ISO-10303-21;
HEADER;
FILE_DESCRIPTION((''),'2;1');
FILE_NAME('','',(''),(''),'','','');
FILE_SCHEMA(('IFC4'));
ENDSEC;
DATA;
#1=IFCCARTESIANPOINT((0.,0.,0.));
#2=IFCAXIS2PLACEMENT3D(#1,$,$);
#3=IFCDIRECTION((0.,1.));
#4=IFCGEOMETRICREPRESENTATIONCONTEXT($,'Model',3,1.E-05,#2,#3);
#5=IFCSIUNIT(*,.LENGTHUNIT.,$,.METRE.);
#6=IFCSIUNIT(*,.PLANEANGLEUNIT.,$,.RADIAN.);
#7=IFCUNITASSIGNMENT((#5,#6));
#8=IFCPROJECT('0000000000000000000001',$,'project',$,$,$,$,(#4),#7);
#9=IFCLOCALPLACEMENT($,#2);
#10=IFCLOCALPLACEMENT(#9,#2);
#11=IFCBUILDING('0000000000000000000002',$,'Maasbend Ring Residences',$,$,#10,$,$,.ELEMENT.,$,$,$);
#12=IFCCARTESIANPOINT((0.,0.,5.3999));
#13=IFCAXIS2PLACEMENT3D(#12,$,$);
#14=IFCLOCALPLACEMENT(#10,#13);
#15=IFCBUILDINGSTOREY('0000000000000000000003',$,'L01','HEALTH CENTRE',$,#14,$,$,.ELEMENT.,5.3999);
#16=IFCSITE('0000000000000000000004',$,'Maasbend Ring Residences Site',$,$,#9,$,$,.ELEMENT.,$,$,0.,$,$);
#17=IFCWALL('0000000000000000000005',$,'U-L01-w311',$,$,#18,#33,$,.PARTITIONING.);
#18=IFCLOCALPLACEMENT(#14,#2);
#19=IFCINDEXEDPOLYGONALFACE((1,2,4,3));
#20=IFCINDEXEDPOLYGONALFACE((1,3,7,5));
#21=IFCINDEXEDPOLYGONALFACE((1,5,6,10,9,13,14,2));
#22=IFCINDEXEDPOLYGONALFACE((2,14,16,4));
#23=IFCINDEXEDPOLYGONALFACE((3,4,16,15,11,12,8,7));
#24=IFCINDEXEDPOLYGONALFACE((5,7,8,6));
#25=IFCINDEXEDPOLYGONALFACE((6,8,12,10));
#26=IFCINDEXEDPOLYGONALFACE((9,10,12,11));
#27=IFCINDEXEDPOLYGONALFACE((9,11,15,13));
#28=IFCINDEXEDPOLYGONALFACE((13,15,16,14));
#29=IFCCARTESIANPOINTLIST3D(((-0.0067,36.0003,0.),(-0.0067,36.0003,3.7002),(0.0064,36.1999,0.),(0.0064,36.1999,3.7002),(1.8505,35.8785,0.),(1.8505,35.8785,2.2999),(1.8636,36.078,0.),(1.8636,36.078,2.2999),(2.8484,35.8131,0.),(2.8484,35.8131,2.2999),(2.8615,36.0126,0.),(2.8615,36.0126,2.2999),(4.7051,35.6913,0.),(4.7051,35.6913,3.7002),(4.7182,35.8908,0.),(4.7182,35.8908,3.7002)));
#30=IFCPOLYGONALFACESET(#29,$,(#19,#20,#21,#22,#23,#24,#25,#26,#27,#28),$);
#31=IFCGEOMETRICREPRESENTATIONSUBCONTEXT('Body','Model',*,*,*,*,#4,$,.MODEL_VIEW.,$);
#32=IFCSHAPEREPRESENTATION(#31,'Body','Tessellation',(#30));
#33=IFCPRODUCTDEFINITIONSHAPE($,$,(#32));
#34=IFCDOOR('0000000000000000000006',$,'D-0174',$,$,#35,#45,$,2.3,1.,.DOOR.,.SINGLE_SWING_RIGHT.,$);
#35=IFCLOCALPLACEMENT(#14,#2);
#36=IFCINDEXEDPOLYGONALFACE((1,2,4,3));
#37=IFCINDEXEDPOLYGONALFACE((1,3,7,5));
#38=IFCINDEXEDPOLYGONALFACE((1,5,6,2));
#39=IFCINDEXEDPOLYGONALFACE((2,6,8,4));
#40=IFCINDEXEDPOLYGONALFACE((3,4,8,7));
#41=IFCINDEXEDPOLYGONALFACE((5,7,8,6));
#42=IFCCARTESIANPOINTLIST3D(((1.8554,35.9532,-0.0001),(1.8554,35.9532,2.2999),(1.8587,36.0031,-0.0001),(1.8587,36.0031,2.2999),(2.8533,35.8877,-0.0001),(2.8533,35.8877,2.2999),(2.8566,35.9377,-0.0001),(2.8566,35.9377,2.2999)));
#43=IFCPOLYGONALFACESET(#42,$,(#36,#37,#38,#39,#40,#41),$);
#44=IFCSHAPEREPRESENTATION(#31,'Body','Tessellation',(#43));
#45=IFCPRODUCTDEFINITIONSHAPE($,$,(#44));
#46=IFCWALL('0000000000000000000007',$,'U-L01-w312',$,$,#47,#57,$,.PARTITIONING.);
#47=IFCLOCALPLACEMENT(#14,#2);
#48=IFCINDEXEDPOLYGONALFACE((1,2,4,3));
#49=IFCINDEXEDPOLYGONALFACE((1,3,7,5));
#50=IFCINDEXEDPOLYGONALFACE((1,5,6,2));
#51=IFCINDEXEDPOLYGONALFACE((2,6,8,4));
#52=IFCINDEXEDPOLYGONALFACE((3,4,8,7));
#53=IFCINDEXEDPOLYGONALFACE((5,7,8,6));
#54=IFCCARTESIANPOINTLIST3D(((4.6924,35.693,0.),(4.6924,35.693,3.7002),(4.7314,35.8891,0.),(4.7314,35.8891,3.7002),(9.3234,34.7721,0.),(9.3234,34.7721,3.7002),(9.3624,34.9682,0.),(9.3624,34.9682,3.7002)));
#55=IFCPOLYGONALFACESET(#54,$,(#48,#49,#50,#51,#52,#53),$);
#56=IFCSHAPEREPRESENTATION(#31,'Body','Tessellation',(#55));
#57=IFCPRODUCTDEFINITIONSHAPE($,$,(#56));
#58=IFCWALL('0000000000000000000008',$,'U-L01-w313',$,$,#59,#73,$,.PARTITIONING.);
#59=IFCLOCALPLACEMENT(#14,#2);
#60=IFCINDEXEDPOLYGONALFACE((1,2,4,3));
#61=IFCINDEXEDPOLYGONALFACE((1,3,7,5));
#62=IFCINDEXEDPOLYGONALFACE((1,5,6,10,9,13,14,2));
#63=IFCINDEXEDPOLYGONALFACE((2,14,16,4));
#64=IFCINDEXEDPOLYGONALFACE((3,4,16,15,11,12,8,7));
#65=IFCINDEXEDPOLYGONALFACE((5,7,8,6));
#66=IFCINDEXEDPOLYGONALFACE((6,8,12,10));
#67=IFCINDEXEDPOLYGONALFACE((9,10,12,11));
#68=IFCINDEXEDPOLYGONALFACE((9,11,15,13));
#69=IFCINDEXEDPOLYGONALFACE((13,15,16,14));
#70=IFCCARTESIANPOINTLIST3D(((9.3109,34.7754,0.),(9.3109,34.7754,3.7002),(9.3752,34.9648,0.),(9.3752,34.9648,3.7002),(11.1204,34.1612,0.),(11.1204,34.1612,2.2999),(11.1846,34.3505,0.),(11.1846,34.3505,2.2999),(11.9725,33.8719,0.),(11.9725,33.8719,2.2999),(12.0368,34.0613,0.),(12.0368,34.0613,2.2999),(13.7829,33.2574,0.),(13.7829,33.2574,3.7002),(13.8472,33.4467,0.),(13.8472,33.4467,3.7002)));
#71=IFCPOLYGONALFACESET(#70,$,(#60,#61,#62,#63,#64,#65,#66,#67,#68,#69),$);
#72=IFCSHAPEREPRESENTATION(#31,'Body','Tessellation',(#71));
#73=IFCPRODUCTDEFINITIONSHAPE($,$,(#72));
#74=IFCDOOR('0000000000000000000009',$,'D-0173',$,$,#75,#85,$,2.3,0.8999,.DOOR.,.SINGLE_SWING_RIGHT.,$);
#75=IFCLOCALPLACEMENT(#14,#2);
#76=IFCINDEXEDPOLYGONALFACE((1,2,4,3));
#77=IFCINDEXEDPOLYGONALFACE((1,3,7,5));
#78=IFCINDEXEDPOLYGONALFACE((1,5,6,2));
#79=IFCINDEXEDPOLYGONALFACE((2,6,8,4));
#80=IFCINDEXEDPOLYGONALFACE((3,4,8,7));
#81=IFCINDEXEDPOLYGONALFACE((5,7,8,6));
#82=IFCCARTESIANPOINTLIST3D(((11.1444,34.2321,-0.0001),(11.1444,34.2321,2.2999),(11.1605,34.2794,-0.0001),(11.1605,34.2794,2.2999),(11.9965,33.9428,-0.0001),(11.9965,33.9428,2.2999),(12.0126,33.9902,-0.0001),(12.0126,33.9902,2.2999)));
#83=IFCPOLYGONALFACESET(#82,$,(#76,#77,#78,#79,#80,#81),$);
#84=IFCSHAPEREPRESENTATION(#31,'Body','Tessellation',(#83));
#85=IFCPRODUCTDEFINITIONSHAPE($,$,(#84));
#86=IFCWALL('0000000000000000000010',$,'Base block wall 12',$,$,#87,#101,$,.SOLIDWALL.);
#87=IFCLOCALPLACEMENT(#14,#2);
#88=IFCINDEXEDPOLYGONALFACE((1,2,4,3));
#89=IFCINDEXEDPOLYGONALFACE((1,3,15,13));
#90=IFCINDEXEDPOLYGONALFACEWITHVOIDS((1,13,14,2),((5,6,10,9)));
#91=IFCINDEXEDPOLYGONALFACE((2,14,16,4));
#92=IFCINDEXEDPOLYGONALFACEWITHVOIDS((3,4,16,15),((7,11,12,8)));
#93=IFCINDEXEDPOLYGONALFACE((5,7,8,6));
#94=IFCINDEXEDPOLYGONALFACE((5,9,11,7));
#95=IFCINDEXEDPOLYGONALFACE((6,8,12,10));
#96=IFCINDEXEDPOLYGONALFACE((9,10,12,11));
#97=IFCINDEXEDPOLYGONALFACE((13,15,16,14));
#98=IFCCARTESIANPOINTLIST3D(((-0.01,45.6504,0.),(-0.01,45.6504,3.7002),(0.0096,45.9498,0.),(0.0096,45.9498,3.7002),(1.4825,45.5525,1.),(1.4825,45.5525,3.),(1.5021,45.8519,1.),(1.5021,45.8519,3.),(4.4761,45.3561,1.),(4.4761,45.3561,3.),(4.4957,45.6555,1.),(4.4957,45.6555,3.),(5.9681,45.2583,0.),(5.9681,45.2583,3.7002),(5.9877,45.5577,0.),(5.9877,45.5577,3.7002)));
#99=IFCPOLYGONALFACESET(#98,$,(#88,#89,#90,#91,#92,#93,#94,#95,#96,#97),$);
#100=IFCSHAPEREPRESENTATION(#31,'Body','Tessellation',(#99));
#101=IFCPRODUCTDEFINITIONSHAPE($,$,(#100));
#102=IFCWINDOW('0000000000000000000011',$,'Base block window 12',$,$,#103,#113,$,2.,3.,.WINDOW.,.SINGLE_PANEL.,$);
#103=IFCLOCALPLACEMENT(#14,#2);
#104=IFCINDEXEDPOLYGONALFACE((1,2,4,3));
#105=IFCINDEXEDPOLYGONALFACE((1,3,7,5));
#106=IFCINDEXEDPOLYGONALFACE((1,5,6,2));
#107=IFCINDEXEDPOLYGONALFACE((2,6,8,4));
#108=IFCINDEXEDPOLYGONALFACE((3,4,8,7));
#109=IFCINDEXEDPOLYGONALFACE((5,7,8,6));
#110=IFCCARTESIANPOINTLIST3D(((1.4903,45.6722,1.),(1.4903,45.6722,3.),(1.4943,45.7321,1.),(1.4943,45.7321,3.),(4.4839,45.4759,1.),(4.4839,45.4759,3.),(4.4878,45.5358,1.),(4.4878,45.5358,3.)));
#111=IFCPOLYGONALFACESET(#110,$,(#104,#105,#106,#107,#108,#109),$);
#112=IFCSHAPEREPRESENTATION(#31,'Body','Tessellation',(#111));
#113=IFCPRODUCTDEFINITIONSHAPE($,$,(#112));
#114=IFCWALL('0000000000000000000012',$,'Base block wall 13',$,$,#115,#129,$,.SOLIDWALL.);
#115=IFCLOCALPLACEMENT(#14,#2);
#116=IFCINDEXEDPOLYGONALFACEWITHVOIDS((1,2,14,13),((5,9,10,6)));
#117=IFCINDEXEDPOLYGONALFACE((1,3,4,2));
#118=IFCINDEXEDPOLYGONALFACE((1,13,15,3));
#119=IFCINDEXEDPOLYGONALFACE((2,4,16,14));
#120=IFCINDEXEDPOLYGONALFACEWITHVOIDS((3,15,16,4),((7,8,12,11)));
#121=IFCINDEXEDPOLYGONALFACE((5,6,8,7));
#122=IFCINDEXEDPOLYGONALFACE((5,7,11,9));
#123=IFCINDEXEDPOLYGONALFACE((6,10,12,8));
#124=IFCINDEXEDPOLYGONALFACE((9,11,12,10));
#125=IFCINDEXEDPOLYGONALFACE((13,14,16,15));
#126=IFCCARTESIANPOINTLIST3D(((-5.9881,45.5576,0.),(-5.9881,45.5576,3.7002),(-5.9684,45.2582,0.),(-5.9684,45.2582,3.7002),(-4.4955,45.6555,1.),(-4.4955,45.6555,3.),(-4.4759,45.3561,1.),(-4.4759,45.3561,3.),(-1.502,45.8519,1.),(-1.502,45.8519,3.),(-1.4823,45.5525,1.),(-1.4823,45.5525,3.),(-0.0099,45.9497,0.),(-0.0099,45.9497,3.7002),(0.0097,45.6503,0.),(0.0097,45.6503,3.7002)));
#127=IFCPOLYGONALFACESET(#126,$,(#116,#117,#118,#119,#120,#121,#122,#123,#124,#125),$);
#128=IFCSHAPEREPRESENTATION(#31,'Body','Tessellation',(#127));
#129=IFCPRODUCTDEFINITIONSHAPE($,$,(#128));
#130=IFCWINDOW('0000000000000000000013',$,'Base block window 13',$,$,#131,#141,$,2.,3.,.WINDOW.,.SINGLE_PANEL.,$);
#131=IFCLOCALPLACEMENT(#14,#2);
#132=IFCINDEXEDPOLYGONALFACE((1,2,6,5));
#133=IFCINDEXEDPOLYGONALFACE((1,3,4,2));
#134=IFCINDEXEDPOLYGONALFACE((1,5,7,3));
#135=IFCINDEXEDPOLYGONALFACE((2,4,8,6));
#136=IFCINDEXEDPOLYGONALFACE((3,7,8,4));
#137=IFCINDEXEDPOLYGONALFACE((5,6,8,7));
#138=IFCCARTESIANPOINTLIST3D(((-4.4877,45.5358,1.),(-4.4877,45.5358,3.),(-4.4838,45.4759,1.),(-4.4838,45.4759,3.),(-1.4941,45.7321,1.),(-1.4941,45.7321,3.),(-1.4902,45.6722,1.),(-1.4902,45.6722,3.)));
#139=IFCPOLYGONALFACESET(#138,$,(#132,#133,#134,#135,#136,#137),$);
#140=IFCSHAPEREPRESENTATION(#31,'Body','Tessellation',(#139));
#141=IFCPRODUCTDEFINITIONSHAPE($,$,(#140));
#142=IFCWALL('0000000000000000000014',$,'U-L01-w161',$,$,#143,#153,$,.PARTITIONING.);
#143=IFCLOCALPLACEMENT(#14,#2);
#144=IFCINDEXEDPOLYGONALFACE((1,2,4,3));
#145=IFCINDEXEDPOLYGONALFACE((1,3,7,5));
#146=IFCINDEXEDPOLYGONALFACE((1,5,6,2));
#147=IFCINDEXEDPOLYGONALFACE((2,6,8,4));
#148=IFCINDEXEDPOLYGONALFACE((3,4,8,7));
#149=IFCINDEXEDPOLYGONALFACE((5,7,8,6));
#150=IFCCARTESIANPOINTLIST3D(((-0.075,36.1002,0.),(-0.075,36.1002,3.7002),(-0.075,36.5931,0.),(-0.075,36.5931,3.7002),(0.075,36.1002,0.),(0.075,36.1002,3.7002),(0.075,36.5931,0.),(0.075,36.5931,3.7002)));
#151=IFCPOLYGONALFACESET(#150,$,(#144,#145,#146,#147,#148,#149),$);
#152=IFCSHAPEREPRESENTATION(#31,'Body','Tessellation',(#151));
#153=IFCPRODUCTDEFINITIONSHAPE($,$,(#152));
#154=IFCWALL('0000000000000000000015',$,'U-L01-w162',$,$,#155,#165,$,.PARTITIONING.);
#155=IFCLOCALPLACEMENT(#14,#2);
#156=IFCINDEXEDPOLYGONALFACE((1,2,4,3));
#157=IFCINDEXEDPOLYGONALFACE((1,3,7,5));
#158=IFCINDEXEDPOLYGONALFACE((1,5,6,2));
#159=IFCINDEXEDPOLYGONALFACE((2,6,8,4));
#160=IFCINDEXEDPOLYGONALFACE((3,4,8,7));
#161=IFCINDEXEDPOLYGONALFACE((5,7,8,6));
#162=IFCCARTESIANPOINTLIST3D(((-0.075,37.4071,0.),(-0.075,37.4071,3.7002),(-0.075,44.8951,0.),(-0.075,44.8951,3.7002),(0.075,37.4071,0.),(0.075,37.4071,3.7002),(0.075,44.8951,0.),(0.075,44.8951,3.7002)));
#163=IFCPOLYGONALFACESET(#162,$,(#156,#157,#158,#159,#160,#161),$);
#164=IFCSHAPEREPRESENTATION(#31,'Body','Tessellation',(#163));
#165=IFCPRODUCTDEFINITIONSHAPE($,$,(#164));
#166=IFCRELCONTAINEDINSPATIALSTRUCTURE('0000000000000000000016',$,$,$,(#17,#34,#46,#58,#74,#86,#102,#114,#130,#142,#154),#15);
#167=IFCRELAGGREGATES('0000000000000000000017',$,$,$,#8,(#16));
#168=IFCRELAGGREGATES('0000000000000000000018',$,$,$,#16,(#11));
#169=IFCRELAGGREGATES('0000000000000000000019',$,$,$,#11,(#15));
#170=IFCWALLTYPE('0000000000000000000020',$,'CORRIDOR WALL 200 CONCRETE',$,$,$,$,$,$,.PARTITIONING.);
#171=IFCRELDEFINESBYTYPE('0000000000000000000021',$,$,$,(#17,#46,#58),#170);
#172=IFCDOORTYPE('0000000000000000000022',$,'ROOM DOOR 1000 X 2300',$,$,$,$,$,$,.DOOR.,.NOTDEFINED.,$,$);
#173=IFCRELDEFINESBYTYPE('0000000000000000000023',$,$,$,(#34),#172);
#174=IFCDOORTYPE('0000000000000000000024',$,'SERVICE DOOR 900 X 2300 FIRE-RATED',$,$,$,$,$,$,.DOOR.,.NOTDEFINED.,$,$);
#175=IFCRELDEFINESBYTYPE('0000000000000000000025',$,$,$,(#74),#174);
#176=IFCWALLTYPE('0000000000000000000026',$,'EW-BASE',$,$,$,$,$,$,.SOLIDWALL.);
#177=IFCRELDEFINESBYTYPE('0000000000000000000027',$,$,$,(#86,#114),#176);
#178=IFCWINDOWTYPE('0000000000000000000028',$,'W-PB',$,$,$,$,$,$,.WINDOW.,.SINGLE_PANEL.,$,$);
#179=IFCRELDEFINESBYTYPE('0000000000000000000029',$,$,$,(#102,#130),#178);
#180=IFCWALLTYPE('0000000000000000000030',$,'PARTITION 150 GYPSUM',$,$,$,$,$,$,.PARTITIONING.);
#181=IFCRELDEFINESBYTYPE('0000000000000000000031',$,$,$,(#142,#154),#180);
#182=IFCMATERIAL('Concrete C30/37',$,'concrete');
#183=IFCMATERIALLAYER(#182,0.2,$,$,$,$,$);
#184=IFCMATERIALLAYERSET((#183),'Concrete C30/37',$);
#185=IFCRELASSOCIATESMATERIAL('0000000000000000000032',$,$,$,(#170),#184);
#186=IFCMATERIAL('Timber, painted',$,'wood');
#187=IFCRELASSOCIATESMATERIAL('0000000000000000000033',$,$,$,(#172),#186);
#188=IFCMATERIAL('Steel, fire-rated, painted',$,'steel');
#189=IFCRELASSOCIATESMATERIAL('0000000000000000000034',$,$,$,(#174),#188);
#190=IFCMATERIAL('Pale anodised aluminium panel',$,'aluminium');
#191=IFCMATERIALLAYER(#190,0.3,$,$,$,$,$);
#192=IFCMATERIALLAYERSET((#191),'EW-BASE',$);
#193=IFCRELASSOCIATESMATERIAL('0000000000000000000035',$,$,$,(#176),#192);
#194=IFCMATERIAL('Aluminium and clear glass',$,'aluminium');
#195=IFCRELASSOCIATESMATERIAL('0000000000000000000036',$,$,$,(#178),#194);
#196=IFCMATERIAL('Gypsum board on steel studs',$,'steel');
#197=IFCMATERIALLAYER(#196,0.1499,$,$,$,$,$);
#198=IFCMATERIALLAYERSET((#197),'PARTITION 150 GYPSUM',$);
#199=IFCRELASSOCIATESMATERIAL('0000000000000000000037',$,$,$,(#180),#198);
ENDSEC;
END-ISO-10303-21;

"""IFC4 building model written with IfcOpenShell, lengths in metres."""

from ifc_helpers import new_model, si_unit, direction, frame, frame_2d, origin, place, context, subcontext, project, spatial, rectangle, extrude, material, layer, layer_set, type_object, element, fill, save


model = new_model("IFC4")

# Units and contexts
model_context = context("Model", 3, precision=1e-05, world=origin(), true_north=direction((0.0, 1.0)))
body_context = subcontext(model_context, "Body", "Model", "MODEL_VIEW")
ifc_project = project(units=[si_unit("LENGTHUNIT", "METRE"), si_unit("PLANEANGLEUNIT", "RADIAN")], contexts=[model_context])

# Site, building, storey
site_placement = place(None, origin())
site = spatial("IfcSite", under=ifc_project, at=site_placement, Name="Maasbend Ring Residences Site", CompositionType="ELEMENT", RefElevation=0.0)
building_placement = place(site_placement, origin())
building = spatial("IfcBuilding", under=site, at=building_placement, Name="Maasbend Ring Residences", CompositionType="ELEMENT")
storey_placement = place(building_placement, frame((0.0, 0.0, 5.3999)))
storey = spatial("IfcBuildingStorey", under=building, at=storey_placement, Name="L01", Description="HEALTH CENTRE", CompositionType="ELEMENT", Elevation=5.3999)

# Shared definitions
ifc_material_1 = material(Name="Concrete C30/37", Category="concrete")
ifc_layer_1 = layer(ifc_material_1, 0.2)
ifc_layer_set_1 = layer_set([ifc_layer_1], Name="Concrete C30/37")
wall_type_1 = type_object("IfcWallType", Name="CORRIDOR WALL 200 CONCRETE", PredefinedType="PARTITIONING", material=ifc_layer_set_1)
ifc_material_2 = material(Name="Timber, painted", Category="wood")
door_type_1 = type_object("IfcDoorType", Name="ROOM DOOR 1000 X 2300", OperationType="NOTDEFINED", PredefinedType="DOOR", material=ifc_material_2)

# Wall, opening, door
wall_1_placement = place(storey_placement, frame((0.0, 36.1001, 0.0), z_axis=(0.0, 0.0, 1.0), x_axis=(0.997856, -0.065455, 0.0)))
wall_1 = element("IfcWall", 1, at=wall_1_placement, inside=storey, type_object=wall_type_1, Name="U-L01-w311", PredefinedType="PARTITIONING", context=body_context, shape_type="SweptSolid", body=[
    extrude(rectangle(XDim=4.7219, YDim=0.2, at=frame_2d((2.3608, 0.0))), origin(), (0.0, 0.0, 1.0), 3.7002),
])
opening_1_placement = place(wall_1_placement, frame((1.8611, 0.0, 0.0)))
opening_1 = element("IfcOpeningElement", 2, at=opening_1_placement, cuts=wall_1, PredefinedType="OPENING", context=body_context, shape_type="SweptSolid", body=[
    extrude(rectangle(XDim=1.0, YDim=2.3, at=frame_2d((0.5, 1.1499))), frame((0.0, 0.1099, 0.0), z_axis=(0.0, -1.0, 0.0), x_axis=(1.0, 0.0, 0.0)), (0.0, 0.0, 1.0), 0.22),
])
door_1_placement = place(opening_1_placement, origin())
door_1 = element("IfcDoor", 3, at=door_1_placement, inside=storey, type_object=door_type_1, Name="D-0174", OperationType="SINGLE_SWING_RIGHT", OverallHeight=2.3, OverallWidth=1.0, PredefinedType="DOOR", context=body_context, shape_type="SweptSolid", body=[
    extrude(rectangle(XDim=1.0, YDim=2.3, at=frame_2d((0.5, 1.1499))), frame((0.0, 0.0249, 0.0), z_axis=(0.0, -1.0, 0.0), x_axis=(1.0, 0.0, 0.0)), (0.0, 0.0, 1.0), 0.05),
])
fill(opening_1, door_1)

# Wall
wall_2_placement = place(storey_placement, frame((4.7119, 35.791, 0.0), z_axis=(0.0, 0.0, 1.0), x_axis=(0.980797, -0.195032, 0.0)))
element("IfcWall", 4, at=wall_2_placement, inside=storey, type_object=wall_type_1, Name="U-L01-w312", PredefinedType="PARTITIONING", context=body_context, shape_type="SweptSolid", body=[
    extrude(rectangle(XDim=4.7217, YDim=0.2, at=frame_2d((2.3608, 0.0))), origin(), (0.0, 0.0, 1.0), 3.7002),
])

# Wall, opening, door
wall_3_placement = place(storey_placement, frame((9.343, 34.8701, 0.0), z_axis=(0.0, 0.0, 1.0), x_axis=(0.946927, -0.321449, 0.0)))
wall_3 = element("IfcWall", 5, at=wall_3_placement, inside=storey, type_object=wall_type_1, Name="U-L01-w313", PredefinedType="PARTITIONING", context=body_context, shape_type="SweptSolid", body=[
    extrude(rectangle(XDim=4.7227, YDim=0.2, at=frame_2d((2.3613, 0.0))), origin(), (0.0, 0.0, 1.0), 3.7002),
])
opening_2_placement = place(wall_3_placement, frame((1.9109, 0.0, 0.0)))
opening_2 = element("IfcOpeningElement", 6, at=opening_2_placement, cuts=wall_3, PredefinedType="OPENING", context=body_context, shape_type="SweptSolid", body=[
    extrude(rectangle(XDim=0.8999, YDim=2.3, at=frame_2d((0.45, 1.1499))), frame((0.0, 0.1099, 0.0), z_axis=(0.0, -1.0, 0.0), x_axis=(1.0, 0.0, 0.0)), (0.0, 0.0, 1.0), 0.22),
])
ifc_material_3 = material(Name="Steel, fire-rated, painted", Category="steel")
door_type_2 = type_object("IfcDoorType", Name="SERVICE DOOR 900 X 2300 FIRE-RATED", OperationType="NOTDEFINED", PredefinedType="DOOR", material=ifc_material_3)
door_2_placement = place(opening_2_placement, origin())
door_2 = element("IfcDoor", 7, at=door_2_placement, inside=storey, type_object=door_type_2, Name="D-0173", OperationType="SINGLE_SWING_RIGHT", OverallHeight=2.3, OverallWidth=0.8999, PredefinedType="DOOR", context=body_context, shape_type="SweptSolid", body=[
    extrude(rectangle(XDim=0.8999, YDim=2.3, at=frame_2d((0.45, 1.1499))), frame((0.0, 0.0249, 0.0), z_axis=(0.0, -1.0, 0.0), x_axis=(1.0, 0.0, 0.0)), (0.0, 0.0, 1.0), 0.05),
])
fill(opening_2, door_2)

# Walls, openings, windows
ifc_material_4 = material(Name="Pale anodised aluminium panel", Category="aluminium")
ifc_layer_2 = layer(ifc_material_4, 0.3)
ifc_layer_set_2 = layer_set([ifc_layer_2], Name="EW-BASE")
wall_type_2 = type_object("IfcWallType", Name="EW-BASE", PredefinedType="SOLIDWALL", material=ifc_layer_set_2)
wall_4_placement = place(storey_placement, frame((5.978, 45.408, 0.0), z_axis=(0.0, 0.0, 1.0), x_axis=(-0.997856, 0.065448, 0.0)))
wall_4 = element("IfcWall", 8, at=wall_4_placement, inside=storey, type_object=wall_type_2, Name="Base block wall 12", PredefinedType="SOLIDWALL", context=body_context, shape_type="SweptSolid", body=[
    extrude(rectangle(XDim=5.991, YDim=0.3, at=frame_2d((2.9956, 0.0))), origin(), (0.0, 0.0, 1.0), 3.7002),
])
opening_3_placement = place(wall_4_placement, frame((1.4954, 0.0, 1.0)))
opening_3 = element("IfcOpeningElement", 9, at=opening_3_placement, cuts=wall_4, PredefinedType="OPENING", context=body_context, shape_type="SweptSolid", body=[
    extrude(rectangle(XDim=3.0, YDim=2.0, at=frame_2d((1.5, 1.0))), frame((0.0, 0.1602, 0.0), z_axis=(0.0, -1.0, 0.0), x_axis=(1.0, 0.0, 0.0)), (0.0, 0.0, 1.0), 0.3201),
])
ifc_material_5 = material(Name="Aluminium and clear glass", Category="aluminium")
window_type = type_object("IfcWindowType", Name="W-PB", PartitioningType="SINGLE_PANEL", PredefinedType="WINDOW", material=ifc_material_5)
window_1_placement = place(opening_3_placement, origin())
window_1 = element("IfcWindow", 10, at=window_1_placement, inside=storey, type_object=window_type, Name="Base block window 12", OverallHeight=2.0, OverallWidth=3.0, PartitioningType="SINGLE_PANEL", PredefinedType="WINDOW", context=body_context, shape_type="SweptSolid", body=[
    extrude(rectangle(XDim=3.0, YDim=2.0, at=frame_2d((1.5, 1.0))), frame((0.0, 0.03, 0.0), z_axis=(0.0, -1.0, 0.0), x_axis=(1.0, 0.0, 0.0)), (0.0, 0.0, 1.0), 0.0601),
])
fill(opening_3, window_1)
wall_5_placement = place(storey_placement, frame((0.0, 45.8, 0.0), z_axis=(0.0, 0.0, 1.0), x_axis=(-0.997856, -0.065448, 0.0)))
wall_5 = element("IfcWall", 11, at=wall_5_placement, inside=storey, type_object=wall_type_2, Name="Base block wall 13", PredefinedType="SOLIDWALL", context=body_context, shape_type="SweptSolid", body=[
    extrude(rectangle(XDim=5.991, YDim=0.3, at=frame_2d((2.9956, 0.0))), origin(), (0.0, 0.0, 1.0), 3.7002),
])
opening_4_placement = place(wall_5_placement, frame((1.4954, 0.0, 1.0)))
opening_4 = element("IfcOpeningElement", 12, at=opening_4_placement, cuts=wall_5, PredefinedType="OPENING", context=body_context, shape_type="SweptSolid", body=[
    extrude(rectangle(XDim=3.0, YDim=2.0, at=frame_2d((1.5, 1.0))), frame((0.0, 0.1602, 0.0), z_axis=(0.0, -1.0, 0.0), x_axis=(1.0, 0.0, 0.0)), (0.0, 0.0, 1.0), 0.3201),
])
window_2_placement = place(opening_4_placement, origin())
window_2 = element("IfcWindow", 13, at=window_2_placement, inside=storey, type_object=window_type, Name="Base block window 13", OverallHeight=2.0, OverallWidth=3.0, PartitioningType="SINGLE_PANEL", PredefinedType="WINDOW", context=body_context, shape_type="SweptSolid", body=[
    extrude(rectangle(XDim=3.0, YDim=2.0, at=frame_2d((1.5, 1.0))), frame((0.0, 0.03, 0.0), z_axis=(0.0, -1.0, 0.0), x_axis=(1.0, 0.0, 0.0)), (0.0, 0.0, 1.0), 0.0601),
])
fill(opening_4, window_2)

# Walls
ifc_material_6 = material(Name="Gypsum board on steel studs", Category="steel")
ifc_layer_3 = layer(ifc_material_6, 0.1499)
ifc_layer_set_3 = layer_set([ifc_layer_3], Name="PARTITION 150 GYPSUM")
wall_type_3 = type_object("IfcWallType", Name="PARTITION 150 GYPSUM", PredefinedType="PARTITIONING", material=ifc_layer_set_3)
wall_6_placement = place(storey_placement, frame((0.0, 36.1001, 0.0), z_axis=(0.0, 0.0, 1.0), x_axis=(0.0, 1.0, 0.0)))
element("IfcWall", 14, at=wall_6_placement, inside=storey, type_object=wall_type_3, Name="U-L01-w161", PredefinedType="PARTITIONING", context=body_context, shape_type="SweptSolid", body=[
    extrude(rectangle(XDim=0.4929, YDim=0.1499, at=frame_2d((0.2466, 0.0))), origin(), (0.0, 0.0, 1.0), 3.7002),
])
wall_7_placement = place(storey_placement, frame((0.0, 37.407, 0.0), z_axis=(0.0, 0.0, 1.0), x_axis=(0.0, 1.0, 0.0)))
element("IfcWall", 15, at=wall_7_placement, inside=storey, type_object=wall_type_3, Name="U-L01-w162", PredefinedType="PARTITIONING", context=body_context, shape_type="SweptSolid", body=[
    extrude(rectangle(XDim=7.488, YDim=0.1499, at=frame_2d((3.7441, 0.0))), origin(), (0.0, 0.0, 1.0), 3.7002),
])

save(model, "model.ifc")
